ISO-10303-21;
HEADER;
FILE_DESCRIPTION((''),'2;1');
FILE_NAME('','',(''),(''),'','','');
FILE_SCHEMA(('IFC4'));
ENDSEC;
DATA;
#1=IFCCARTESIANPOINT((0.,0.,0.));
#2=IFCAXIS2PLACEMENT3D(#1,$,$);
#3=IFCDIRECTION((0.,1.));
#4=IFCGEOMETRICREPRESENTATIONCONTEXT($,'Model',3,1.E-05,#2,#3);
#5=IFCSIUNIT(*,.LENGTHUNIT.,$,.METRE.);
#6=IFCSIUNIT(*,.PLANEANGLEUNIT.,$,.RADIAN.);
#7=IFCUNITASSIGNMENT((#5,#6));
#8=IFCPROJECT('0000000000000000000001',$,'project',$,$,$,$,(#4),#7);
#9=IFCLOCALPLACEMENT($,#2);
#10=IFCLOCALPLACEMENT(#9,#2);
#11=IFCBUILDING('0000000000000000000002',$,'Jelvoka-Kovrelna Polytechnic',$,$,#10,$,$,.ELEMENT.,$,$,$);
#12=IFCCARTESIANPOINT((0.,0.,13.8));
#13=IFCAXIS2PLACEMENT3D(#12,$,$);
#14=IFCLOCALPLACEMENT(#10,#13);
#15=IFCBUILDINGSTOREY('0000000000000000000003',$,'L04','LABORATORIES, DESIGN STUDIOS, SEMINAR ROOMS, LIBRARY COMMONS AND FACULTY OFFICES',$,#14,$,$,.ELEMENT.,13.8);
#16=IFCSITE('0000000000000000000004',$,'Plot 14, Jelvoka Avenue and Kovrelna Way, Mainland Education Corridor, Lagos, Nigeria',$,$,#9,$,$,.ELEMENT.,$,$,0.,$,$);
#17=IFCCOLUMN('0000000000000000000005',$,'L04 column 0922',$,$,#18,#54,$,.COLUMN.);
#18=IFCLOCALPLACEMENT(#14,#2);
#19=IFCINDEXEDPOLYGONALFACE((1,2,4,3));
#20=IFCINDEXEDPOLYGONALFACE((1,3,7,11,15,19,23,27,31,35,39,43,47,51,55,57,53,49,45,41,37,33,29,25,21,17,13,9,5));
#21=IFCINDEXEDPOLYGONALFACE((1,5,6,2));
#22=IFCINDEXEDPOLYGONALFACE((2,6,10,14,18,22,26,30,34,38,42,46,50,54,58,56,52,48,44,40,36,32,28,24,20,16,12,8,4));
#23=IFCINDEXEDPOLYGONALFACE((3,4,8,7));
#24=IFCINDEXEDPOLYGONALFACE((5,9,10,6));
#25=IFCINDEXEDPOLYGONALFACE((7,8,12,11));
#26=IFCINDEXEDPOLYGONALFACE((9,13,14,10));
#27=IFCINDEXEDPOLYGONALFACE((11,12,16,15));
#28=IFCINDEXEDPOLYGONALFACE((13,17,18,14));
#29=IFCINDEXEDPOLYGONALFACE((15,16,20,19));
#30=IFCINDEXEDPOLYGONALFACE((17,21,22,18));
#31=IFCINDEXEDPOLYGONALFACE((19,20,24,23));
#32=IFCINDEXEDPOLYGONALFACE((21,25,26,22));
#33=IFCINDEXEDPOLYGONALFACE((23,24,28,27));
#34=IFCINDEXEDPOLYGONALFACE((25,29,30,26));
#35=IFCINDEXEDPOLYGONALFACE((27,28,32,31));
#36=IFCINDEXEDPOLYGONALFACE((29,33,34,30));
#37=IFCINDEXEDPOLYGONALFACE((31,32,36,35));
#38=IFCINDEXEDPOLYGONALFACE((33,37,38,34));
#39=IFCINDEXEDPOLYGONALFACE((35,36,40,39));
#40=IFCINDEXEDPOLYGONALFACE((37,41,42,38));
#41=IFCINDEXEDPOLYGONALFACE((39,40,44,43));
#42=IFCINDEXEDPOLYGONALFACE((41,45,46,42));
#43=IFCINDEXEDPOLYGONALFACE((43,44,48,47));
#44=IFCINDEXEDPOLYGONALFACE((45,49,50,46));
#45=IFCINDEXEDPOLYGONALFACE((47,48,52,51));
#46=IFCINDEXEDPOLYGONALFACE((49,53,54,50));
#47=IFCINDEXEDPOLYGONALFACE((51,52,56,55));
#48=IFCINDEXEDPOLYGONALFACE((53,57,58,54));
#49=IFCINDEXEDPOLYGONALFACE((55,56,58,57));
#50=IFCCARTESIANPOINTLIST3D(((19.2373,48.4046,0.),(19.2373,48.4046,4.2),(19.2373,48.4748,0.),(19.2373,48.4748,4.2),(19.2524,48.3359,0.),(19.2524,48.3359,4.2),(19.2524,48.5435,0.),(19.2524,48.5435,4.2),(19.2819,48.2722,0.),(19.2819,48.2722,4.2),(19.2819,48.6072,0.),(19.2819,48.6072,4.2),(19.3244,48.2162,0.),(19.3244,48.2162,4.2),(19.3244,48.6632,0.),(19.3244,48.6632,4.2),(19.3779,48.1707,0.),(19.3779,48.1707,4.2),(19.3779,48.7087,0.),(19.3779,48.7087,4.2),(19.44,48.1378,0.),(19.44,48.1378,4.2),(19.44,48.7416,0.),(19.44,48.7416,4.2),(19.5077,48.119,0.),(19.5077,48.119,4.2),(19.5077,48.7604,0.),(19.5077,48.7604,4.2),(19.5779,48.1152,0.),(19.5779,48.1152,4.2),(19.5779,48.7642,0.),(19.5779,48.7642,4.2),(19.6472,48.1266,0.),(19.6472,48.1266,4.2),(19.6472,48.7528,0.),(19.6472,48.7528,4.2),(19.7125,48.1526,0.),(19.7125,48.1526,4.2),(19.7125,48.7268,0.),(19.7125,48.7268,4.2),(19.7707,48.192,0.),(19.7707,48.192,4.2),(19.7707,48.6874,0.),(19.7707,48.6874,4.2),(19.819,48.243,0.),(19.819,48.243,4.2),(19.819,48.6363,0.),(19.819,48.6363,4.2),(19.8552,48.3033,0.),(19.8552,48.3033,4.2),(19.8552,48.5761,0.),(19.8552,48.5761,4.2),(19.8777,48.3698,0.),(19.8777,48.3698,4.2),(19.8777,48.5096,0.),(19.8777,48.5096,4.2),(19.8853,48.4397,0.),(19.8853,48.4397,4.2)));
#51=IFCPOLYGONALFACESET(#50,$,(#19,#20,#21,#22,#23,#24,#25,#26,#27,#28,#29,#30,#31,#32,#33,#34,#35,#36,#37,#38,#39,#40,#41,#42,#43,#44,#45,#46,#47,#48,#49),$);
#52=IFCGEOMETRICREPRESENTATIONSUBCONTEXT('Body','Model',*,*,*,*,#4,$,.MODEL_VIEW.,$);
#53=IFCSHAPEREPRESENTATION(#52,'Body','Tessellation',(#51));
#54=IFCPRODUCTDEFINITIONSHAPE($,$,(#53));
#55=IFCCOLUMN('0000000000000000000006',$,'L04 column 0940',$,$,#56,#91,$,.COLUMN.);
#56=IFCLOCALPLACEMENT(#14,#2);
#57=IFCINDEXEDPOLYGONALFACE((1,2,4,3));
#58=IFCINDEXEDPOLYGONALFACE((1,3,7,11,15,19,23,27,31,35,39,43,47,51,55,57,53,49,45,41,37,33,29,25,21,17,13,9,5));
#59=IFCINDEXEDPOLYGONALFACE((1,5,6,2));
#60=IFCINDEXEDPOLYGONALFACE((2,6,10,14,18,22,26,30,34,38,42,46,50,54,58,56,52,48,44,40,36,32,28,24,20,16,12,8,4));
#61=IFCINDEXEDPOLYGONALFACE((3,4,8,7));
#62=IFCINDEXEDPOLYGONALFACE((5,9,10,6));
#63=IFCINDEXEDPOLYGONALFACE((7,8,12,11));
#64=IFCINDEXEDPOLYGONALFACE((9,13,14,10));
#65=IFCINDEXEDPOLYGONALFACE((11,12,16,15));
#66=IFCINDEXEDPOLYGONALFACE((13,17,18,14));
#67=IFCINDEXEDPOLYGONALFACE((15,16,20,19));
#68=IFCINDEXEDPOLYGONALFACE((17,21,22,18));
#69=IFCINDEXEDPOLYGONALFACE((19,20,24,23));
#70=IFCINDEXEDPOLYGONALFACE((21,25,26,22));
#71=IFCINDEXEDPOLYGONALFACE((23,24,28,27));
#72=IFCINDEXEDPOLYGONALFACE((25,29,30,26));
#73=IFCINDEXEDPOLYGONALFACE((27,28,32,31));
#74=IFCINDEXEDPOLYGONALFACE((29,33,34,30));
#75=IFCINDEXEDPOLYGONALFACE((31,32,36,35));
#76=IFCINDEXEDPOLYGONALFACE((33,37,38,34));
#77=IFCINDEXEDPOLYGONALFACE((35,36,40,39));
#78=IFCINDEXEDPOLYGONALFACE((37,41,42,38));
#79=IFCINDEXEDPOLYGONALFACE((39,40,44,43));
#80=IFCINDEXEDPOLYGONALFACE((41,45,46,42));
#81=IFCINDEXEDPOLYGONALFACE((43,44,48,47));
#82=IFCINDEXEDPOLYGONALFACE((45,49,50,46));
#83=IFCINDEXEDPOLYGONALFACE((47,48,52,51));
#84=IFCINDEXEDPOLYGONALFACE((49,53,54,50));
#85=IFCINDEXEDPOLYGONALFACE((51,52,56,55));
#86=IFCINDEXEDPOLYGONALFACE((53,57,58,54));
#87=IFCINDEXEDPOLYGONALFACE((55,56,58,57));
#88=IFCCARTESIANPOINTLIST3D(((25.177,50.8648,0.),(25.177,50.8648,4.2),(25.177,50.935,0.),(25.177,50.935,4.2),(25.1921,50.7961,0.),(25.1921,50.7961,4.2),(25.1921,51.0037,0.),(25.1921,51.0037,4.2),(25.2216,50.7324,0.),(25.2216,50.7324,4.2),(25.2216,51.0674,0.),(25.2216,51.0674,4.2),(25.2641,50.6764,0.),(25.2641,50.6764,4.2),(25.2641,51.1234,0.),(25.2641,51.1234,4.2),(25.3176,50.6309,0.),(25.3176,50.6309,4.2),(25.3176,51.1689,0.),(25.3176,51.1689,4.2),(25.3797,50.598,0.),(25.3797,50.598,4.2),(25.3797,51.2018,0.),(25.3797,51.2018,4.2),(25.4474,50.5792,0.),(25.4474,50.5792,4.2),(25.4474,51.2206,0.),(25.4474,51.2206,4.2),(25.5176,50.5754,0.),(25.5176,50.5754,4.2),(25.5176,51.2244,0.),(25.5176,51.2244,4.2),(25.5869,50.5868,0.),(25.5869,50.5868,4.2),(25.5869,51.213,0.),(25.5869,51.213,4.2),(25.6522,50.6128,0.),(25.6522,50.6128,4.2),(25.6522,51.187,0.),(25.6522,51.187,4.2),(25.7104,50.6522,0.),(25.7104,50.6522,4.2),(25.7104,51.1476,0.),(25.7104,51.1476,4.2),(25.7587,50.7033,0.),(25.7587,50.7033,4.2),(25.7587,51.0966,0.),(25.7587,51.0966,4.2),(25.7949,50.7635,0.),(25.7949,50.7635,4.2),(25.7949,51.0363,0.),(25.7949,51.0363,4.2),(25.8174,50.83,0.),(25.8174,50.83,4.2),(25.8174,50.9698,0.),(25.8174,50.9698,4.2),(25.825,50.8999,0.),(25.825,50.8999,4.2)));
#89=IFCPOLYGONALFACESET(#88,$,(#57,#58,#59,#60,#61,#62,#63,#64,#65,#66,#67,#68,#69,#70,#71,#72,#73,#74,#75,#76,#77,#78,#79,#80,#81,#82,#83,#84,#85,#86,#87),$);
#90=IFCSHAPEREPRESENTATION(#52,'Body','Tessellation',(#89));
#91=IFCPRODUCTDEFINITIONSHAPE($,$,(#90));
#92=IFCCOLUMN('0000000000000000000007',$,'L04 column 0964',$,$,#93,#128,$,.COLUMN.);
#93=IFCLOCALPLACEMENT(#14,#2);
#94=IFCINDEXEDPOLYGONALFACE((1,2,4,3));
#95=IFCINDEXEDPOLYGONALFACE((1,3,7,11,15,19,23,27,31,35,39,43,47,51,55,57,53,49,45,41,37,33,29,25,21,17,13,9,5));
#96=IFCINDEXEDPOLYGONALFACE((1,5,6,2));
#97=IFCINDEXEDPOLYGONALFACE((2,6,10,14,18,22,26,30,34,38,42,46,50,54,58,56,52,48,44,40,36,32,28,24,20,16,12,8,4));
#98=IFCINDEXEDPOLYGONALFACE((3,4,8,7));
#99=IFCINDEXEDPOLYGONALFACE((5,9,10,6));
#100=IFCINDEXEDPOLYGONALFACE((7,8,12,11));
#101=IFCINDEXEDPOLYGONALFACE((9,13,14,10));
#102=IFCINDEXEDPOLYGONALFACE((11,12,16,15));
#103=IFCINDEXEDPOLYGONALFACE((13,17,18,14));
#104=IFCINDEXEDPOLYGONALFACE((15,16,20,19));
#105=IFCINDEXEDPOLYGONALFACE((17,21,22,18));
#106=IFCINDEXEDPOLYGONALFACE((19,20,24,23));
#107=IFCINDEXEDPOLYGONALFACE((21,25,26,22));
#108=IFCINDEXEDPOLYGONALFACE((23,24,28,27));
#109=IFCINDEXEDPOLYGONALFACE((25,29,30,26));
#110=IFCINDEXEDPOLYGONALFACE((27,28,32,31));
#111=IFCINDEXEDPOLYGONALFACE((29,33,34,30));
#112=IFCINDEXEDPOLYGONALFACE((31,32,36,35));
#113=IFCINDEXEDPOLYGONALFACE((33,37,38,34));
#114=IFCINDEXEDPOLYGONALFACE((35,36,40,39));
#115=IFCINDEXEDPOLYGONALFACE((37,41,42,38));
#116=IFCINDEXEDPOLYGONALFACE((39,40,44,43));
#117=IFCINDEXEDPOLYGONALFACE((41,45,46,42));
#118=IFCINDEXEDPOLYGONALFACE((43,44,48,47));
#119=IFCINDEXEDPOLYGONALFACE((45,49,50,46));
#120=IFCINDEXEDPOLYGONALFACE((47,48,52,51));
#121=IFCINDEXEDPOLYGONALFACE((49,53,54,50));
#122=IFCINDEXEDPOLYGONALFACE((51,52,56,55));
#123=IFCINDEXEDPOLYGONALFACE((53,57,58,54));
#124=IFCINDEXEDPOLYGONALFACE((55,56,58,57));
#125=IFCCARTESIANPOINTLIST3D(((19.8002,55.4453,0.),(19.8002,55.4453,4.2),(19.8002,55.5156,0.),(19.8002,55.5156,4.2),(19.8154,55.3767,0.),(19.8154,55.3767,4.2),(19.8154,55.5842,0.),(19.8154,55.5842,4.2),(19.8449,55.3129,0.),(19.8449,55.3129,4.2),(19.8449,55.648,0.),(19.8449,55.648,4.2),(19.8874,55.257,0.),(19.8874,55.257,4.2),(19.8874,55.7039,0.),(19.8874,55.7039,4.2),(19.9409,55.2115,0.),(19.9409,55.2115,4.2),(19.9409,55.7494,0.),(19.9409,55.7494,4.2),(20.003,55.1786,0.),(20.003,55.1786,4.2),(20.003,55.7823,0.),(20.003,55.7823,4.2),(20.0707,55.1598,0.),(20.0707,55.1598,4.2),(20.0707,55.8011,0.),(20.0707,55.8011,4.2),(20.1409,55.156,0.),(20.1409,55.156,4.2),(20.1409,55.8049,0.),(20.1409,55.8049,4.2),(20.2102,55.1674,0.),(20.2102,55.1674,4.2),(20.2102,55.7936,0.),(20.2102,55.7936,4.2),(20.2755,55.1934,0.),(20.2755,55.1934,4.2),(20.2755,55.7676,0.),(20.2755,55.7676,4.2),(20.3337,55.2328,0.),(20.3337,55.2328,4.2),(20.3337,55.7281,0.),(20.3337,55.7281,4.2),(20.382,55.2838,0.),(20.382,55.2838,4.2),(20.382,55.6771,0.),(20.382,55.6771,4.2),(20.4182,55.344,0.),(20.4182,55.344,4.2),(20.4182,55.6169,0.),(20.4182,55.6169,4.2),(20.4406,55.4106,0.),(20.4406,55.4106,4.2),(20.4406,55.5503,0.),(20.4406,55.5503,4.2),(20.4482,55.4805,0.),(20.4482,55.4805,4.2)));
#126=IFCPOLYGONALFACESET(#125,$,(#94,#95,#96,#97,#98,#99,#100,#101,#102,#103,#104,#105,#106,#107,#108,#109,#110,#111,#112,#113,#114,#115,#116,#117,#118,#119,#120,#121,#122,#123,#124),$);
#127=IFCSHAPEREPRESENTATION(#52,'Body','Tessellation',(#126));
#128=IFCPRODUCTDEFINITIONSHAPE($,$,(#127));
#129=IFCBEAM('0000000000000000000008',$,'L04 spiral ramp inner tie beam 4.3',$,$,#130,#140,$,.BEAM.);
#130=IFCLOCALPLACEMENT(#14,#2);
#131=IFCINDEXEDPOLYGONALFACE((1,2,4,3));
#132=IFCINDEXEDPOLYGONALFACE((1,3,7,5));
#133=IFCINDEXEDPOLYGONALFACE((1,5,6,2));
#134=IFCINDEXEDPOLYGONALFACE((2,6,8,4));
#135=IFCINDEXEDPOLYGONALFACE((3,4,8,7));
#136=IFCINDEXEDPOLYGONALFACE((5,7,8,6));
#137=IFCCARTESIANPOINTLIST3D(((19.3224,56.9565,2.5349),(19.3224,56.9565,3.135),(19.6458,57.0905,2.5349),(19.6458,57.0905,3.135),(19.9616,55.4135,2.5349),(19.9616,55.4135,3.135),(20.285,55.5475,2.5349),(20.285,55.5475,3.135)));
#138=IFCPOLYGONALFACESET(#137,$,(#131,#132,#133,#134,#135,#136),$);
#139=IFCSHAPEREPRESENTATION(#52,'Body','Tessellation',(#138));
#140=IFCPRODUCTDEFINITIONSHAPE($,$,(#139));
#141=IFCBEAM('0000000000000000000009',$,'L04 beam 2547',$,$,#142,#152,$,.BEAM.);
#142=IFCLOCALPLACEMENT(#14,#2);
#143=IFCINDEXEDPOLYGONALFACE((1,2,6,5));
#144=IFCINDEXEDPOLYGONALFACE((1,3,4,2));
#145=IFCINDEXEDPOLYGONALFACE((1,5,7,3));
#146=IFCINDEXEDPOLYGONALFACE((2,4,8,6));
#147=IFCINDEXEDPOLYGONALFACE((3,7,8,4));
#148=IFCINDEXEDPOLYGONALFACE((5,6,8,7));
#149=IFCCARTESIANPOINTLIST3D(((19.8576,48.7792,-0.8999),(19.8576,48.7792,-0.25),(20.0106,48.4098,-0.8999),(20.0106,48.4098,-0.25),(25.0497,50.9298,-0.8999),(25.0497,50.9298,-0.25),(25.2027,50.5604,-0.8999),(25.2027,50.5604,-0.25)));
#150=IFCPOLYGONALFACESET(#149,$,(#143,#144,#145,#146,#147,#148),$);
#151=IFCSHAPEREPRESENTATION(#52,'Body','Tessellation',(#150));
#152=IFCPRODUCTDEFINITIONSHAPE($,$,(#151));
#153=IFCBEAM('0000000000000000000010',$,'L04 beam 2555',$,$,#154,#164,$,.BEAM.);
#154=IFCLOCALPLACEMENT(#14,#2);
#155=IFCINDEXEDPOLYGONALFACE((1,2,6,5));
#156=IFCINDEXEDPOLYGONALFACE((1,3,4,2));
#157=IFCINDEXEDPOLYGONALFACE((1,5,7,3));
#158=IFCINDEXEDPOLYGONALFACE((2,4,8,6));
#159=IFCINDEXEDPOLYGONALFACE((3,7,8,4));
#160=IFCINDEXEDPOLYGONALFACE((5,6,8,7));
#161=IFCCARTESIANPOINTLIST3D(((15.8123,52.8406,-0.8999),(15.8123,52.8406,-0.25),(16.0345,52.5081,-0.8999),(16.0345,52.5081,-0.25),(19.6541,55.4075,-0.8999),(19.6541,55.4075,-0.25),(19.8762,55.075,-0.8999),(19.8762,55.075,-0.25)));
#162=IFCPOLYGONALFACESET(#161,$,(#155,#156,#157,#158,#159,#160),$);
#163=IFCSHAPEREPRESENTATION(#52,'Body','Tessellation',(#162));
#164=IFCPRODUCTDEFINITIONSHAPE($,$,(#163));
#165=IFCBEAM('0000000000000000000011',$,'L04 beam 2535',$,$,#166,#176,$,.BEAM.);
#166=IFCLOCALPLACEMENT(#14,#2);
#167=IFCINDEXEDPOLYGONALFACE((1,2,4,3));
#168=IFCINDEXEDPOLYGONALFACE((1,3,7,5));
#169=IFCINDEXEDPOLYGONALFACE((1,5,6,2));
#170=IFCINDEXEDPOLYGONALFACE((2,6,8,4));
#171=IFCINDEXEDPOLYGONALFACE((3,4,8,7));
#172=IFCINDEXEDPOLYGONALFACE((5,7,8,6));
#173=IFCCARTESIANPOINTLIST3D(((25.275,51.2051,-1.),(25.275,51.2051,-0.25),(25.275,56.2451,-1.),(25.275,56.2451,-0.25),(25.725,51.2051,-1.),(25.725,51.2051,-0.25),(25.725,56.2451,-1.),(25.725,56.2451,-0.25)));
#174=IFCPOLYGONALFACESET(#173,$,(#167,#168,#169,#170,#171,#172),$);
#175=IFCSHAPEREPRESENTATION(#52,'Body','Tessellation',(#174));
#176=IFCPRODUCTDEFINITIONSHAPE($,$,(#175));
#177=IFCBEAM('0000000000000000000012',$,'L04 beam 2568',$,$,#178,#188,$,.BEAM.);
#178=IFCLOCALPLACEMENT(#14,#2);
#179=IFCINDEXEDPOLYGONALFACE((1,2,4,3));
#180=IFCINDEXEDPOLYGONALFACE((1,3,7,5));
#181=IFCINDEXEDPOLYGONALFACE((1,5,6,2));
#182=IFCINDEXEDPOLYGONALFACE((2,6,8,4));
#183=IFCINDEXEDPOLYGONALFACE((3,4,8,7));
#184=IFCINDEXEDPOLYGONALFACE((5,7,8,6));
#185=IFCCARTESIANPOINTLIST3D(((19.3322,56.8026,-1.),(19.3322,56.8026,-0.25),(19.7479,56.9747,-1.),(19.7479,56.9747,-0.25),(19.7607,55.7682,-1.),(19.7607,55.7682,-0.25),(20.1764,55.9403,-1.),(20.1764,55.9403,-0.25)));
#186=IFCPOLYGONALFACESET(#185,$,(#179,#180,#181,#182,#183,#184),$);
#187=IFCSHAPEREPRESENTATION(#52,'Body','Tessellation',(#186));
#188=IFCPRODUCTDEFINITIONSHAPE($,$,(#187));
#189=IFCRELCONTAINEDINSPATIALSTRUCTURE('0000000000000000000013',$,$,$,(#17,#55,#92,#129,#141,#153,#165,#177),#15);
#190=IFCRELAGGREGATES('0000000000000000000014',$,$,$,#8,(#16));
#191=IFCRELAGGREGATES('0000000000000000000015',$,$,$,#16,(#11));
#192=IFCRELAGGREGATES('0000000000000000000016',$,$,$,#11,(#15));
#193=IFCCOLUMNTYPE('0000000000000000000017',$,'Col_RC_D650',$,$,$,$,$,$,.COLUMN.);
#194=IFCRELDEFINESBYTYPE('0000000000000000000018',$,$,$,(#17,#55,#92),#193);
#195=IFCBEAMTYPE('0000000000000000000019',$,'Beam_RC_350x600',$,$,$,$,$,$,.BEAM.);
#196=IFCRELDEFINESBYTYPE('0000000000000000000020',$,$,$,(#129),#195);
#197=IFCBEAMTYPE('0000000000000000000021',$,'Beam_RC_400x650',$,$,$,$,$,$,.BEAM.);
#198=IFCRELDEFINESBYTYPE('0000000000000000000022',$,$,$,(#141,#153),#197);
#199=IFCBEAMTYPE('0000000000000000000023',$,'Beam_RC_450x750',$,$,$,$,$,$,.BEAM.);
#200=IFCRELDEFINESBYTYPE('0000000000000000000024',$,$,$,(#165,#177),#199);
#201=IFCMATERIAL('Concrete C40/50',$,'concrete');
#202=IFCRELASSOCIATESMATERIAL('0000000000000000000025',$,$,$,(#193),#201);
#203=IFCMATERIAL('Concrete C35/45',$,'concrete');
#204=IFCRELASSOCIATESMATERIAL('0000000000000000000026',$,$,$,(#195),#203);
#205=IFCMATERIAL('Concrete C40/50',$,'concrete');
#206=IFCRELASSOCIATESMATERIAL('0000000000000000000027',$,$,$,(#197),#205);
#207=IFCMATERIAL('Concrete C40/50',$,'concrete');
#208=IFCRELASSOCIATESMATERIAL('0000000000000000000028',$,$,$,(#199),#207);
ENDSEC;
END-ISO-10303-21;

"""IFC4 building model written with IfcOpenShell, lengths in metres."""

from ifc_helpers import new_model, si_unit, direction, frame, origin, origin_2d, place, context, subcontext, project, spatial, rectangle, circle, extrude, material, material_profile, profile_set, type_object, element, save


model = new_model("IFC4")

# Units and contexts
model_context = context("Model", 3, precision=1e-05, world=origin(), true_north=direction((0.0, 1.0)))
body_context = subcontext(model_context, "Body", "Model", "MODEL_VIEW")
ifc_project = project(units=[si_unit("LENGTHUNIT", "METRE"), si_unit("PLANEANGLEUNIT", "RADIAN")], contexts=[model_context])

# Site, building, storey
site_placement = place(None, origin())
site = spatial("IfcSite", under=ifc_project, at=site_placement, Name="Plot 14, Jelvoka Avenue and Kovrelna Way, Mainland Education Corridor, Lagos, Nigeria", CompositionType="ELEMENT", RefElevation=0.0)
building_placement = place(site_placement, origin())
building = spatial("IfcBuilding", under=site, at=building_placement, Name="Jelvoka-Kovrelna Polytechnic", CompositionType="ELEMENT")
storey_placement = place(building_placement, frame((0.0, 0.0, 13.8)))
storey = spatial("IfcBuildingStorey", under=building, at=storey_placement, Name="L04", Description="LABORATORIES, DESIGN STUDIOS, SEMINAR ROOMS, LIBRARY COMMONS AND FACULTY OFFICES", CompositionType="ELEMENT", Elevation=13.8)

# Columns
ifc_material_1 = material(Name="Concrete C40/50", Category="concrete")
ifc_material_profile_1 = material_profile(ifc_material_1, circle(Radius=0.325, at=origin_2d()), Name="RC D650")
ifc_profile_set_1 = profile_set([ifc_material_profile_1], Name="Concrete C40/50")
column_type = type_object("IfcColumnType", Name="Col_RC_D650", PredefinedType="COLUMN", material=ifc_profile_set_1)
for number, where, z_axis, x_axis, name in (
    (1, (19.5603, 48.4397, 0.0), (0.0, 0.0, 1.0), (1.0, 0.0, 0.0), "L04 column 0922"),
    (2, (25.5, 50.8999, 0.0), (0.0, 0.0, 1.0), (1.0, 0.0, 0.0), "L04 column 0940"),
    (3, (20.1233, 55.4805, 0.0), (0.0, 0.0, 1.0), (1.0, 0.0, 0.0), "L04 column 0964"),
):
    element("IfcColumn", number, at=place(storey_placement, frame(where, z_axis=z_axis, x_axis=x_axis)), inside=storey, type_object=column_type, Name=name, PredefinedType="COLUMN", context=body_context, shape_type="SweptSolid", body=[
        extrude(circle(Radius=0.325, at=origin_2d()), origin(), (0.0, 0.0, 1.0), 4.2),
    ])

# Beams
ifc_material_2 = material(Name="Concrete C35/45", Category="concrete")
ifc_material_profile_2 = material_profile(ifc_material_2, rectangle(XDim=0.3501, YDim=0.6001, at=origin_2d()), Name="RC 350x600")
ifc_profile_set_2 = profile_set([ifc_material_profile_2], Name="Concrete C35/45")
beam_type_1 = type_object("IfcBeamType", Name="Beam_RC_350x600", PredefinedType="BEAM", material=ifc_profile_set_2)
beam_1_placement = place(storey_placement, frame((20.1233, 55.4805, 2.835), z_axis=(-0.382705, 0.923871, 0.0), x_axis=(-0.923871, -0.382705, 0.0)))
element("IfcBeam", 4, at=beam_1_placement, inside=storey, type_object=beam_type_1, Name="L04 spiral ramp inner tie beam 4.3", PredefinedType="BEAM", context=body_context, shape_type="SweptSolid", body=[
    extrude(rectangle(XDim=0.3501, YDim=0.6001, at=origin_2d()), origin(), (0.0, 0.0, 1.0), 1.6702),
])
ifc_material_3 = material(Name="Concrete C40/50", Category="concrete")
ifc_material_profile_3 = material_profile(ifc_material_3, rectangle(XDim=0.3999, YDim=0.6499, at=origin_2d()), Name="RC 400x650")
ifc_profile_set_3 = profile_set([ifc_material_profile_3], Name="Concrete C40/50")
beam_type_2 = type_object("IfcBeamType", Name="Beam_RC_400x650", PredefinedType="BEAM", material=ifc_profile_set_3)
beam_2_placement = place(storey_placement, frame((25.1262, 50.7451, -0.575), z_axis=(-0.923881, -0.38268, 0.0), x_axis=(0.38268, -0.923881, 0.0)))
element("IfcBeam", 5, at=beam_2_placement, inside=storey, type_object=beam_type_2, Name="L04 beam 2547", PredefinedType="BEAM", context=body_context, shape_type="SweptSolid", body=[
    extrude(rectangle(XDim=0.3999, YDim=0.6499, at=origin_2d()), origin(), (0.0, 0.0, 1.0), 5.6199),
])
beam_3_placement = place(storey_placement, frame((19.7651, 55.2412, -0.575), z_axis=(-0.831481, -0.555553, 0.0), x_axis=(0.555553, -0.831481, 0.0)))
element("IfcBeam", 6, at=beam_3_placement, inside=storey, type_object=beam_type_2, Name="L04 beam 2555", PredefinedType="BEAM", context=body_context, shape_type="SweptSolid", body=[
    extrude(rectangle(XDim=0.3999, YDim=0.6499, at=origin_2d()), origin(), (0.0, 0.0, 1.0), 4.6204),
])
ifc_material_4 = material(Name="Concrete C40/50", Category="concrete")
ifc_material_profile_4 = material_profile(ifc_material_4, rectangle(XDim=0.45, YDim=0.75, at=origin_2d()), Name="RC 450x750")
ifc_profile_set_4 = profile_set([ifc_material_profile_4], Name="Concrete C40/50")
beam_type_3 = type_object("IfcBeamType", Name="Beam_RC_450x750", PredefinedType="BEAM", material=ifc_profile_set_4)
beam_4_placement = place(storey_placement, frame((25.5, 51.2051, -0.625), z_axis=(0.0, 1.0, 0.0), x_axis=(-1.0, 0.0, 0.0)))
element("IfcBeam", 7, at=beam_4_placement, inside=storey, type_object=beam_type_3, Name="L04 beam 2535", PredefinedType="BEAM", context=body_context, shape_type="SweptSolid", body=[
    extrude(rectangle(XDim=0.45, YDim=0.75, at=origin_2d()), origin(), (0.0, 0.0, 1.0), 5.04),
])
beam_5_placement = place(storey_placement, frame((19.9685, 55.8542, -0.625), z_axis=(-0.382679, 0.923881, 0.0), x_axis=(-0.923881, -0.382679, 0.0)))
element("IfcBeam", 8, at=beam_5_placement, inside=storey, type_object=beam_type_3, Name="L04 beam 2568", PredefinedType="BEAM", context=body_context, shape_type="SweptSolid", body=[
    extrude(rectangle(XDim=0.45, YDim=0.75, at=origin_2d()), origin(), (0.0, 0.0, 1.0), 1.1196),
])

save(model, "model.ifc")
